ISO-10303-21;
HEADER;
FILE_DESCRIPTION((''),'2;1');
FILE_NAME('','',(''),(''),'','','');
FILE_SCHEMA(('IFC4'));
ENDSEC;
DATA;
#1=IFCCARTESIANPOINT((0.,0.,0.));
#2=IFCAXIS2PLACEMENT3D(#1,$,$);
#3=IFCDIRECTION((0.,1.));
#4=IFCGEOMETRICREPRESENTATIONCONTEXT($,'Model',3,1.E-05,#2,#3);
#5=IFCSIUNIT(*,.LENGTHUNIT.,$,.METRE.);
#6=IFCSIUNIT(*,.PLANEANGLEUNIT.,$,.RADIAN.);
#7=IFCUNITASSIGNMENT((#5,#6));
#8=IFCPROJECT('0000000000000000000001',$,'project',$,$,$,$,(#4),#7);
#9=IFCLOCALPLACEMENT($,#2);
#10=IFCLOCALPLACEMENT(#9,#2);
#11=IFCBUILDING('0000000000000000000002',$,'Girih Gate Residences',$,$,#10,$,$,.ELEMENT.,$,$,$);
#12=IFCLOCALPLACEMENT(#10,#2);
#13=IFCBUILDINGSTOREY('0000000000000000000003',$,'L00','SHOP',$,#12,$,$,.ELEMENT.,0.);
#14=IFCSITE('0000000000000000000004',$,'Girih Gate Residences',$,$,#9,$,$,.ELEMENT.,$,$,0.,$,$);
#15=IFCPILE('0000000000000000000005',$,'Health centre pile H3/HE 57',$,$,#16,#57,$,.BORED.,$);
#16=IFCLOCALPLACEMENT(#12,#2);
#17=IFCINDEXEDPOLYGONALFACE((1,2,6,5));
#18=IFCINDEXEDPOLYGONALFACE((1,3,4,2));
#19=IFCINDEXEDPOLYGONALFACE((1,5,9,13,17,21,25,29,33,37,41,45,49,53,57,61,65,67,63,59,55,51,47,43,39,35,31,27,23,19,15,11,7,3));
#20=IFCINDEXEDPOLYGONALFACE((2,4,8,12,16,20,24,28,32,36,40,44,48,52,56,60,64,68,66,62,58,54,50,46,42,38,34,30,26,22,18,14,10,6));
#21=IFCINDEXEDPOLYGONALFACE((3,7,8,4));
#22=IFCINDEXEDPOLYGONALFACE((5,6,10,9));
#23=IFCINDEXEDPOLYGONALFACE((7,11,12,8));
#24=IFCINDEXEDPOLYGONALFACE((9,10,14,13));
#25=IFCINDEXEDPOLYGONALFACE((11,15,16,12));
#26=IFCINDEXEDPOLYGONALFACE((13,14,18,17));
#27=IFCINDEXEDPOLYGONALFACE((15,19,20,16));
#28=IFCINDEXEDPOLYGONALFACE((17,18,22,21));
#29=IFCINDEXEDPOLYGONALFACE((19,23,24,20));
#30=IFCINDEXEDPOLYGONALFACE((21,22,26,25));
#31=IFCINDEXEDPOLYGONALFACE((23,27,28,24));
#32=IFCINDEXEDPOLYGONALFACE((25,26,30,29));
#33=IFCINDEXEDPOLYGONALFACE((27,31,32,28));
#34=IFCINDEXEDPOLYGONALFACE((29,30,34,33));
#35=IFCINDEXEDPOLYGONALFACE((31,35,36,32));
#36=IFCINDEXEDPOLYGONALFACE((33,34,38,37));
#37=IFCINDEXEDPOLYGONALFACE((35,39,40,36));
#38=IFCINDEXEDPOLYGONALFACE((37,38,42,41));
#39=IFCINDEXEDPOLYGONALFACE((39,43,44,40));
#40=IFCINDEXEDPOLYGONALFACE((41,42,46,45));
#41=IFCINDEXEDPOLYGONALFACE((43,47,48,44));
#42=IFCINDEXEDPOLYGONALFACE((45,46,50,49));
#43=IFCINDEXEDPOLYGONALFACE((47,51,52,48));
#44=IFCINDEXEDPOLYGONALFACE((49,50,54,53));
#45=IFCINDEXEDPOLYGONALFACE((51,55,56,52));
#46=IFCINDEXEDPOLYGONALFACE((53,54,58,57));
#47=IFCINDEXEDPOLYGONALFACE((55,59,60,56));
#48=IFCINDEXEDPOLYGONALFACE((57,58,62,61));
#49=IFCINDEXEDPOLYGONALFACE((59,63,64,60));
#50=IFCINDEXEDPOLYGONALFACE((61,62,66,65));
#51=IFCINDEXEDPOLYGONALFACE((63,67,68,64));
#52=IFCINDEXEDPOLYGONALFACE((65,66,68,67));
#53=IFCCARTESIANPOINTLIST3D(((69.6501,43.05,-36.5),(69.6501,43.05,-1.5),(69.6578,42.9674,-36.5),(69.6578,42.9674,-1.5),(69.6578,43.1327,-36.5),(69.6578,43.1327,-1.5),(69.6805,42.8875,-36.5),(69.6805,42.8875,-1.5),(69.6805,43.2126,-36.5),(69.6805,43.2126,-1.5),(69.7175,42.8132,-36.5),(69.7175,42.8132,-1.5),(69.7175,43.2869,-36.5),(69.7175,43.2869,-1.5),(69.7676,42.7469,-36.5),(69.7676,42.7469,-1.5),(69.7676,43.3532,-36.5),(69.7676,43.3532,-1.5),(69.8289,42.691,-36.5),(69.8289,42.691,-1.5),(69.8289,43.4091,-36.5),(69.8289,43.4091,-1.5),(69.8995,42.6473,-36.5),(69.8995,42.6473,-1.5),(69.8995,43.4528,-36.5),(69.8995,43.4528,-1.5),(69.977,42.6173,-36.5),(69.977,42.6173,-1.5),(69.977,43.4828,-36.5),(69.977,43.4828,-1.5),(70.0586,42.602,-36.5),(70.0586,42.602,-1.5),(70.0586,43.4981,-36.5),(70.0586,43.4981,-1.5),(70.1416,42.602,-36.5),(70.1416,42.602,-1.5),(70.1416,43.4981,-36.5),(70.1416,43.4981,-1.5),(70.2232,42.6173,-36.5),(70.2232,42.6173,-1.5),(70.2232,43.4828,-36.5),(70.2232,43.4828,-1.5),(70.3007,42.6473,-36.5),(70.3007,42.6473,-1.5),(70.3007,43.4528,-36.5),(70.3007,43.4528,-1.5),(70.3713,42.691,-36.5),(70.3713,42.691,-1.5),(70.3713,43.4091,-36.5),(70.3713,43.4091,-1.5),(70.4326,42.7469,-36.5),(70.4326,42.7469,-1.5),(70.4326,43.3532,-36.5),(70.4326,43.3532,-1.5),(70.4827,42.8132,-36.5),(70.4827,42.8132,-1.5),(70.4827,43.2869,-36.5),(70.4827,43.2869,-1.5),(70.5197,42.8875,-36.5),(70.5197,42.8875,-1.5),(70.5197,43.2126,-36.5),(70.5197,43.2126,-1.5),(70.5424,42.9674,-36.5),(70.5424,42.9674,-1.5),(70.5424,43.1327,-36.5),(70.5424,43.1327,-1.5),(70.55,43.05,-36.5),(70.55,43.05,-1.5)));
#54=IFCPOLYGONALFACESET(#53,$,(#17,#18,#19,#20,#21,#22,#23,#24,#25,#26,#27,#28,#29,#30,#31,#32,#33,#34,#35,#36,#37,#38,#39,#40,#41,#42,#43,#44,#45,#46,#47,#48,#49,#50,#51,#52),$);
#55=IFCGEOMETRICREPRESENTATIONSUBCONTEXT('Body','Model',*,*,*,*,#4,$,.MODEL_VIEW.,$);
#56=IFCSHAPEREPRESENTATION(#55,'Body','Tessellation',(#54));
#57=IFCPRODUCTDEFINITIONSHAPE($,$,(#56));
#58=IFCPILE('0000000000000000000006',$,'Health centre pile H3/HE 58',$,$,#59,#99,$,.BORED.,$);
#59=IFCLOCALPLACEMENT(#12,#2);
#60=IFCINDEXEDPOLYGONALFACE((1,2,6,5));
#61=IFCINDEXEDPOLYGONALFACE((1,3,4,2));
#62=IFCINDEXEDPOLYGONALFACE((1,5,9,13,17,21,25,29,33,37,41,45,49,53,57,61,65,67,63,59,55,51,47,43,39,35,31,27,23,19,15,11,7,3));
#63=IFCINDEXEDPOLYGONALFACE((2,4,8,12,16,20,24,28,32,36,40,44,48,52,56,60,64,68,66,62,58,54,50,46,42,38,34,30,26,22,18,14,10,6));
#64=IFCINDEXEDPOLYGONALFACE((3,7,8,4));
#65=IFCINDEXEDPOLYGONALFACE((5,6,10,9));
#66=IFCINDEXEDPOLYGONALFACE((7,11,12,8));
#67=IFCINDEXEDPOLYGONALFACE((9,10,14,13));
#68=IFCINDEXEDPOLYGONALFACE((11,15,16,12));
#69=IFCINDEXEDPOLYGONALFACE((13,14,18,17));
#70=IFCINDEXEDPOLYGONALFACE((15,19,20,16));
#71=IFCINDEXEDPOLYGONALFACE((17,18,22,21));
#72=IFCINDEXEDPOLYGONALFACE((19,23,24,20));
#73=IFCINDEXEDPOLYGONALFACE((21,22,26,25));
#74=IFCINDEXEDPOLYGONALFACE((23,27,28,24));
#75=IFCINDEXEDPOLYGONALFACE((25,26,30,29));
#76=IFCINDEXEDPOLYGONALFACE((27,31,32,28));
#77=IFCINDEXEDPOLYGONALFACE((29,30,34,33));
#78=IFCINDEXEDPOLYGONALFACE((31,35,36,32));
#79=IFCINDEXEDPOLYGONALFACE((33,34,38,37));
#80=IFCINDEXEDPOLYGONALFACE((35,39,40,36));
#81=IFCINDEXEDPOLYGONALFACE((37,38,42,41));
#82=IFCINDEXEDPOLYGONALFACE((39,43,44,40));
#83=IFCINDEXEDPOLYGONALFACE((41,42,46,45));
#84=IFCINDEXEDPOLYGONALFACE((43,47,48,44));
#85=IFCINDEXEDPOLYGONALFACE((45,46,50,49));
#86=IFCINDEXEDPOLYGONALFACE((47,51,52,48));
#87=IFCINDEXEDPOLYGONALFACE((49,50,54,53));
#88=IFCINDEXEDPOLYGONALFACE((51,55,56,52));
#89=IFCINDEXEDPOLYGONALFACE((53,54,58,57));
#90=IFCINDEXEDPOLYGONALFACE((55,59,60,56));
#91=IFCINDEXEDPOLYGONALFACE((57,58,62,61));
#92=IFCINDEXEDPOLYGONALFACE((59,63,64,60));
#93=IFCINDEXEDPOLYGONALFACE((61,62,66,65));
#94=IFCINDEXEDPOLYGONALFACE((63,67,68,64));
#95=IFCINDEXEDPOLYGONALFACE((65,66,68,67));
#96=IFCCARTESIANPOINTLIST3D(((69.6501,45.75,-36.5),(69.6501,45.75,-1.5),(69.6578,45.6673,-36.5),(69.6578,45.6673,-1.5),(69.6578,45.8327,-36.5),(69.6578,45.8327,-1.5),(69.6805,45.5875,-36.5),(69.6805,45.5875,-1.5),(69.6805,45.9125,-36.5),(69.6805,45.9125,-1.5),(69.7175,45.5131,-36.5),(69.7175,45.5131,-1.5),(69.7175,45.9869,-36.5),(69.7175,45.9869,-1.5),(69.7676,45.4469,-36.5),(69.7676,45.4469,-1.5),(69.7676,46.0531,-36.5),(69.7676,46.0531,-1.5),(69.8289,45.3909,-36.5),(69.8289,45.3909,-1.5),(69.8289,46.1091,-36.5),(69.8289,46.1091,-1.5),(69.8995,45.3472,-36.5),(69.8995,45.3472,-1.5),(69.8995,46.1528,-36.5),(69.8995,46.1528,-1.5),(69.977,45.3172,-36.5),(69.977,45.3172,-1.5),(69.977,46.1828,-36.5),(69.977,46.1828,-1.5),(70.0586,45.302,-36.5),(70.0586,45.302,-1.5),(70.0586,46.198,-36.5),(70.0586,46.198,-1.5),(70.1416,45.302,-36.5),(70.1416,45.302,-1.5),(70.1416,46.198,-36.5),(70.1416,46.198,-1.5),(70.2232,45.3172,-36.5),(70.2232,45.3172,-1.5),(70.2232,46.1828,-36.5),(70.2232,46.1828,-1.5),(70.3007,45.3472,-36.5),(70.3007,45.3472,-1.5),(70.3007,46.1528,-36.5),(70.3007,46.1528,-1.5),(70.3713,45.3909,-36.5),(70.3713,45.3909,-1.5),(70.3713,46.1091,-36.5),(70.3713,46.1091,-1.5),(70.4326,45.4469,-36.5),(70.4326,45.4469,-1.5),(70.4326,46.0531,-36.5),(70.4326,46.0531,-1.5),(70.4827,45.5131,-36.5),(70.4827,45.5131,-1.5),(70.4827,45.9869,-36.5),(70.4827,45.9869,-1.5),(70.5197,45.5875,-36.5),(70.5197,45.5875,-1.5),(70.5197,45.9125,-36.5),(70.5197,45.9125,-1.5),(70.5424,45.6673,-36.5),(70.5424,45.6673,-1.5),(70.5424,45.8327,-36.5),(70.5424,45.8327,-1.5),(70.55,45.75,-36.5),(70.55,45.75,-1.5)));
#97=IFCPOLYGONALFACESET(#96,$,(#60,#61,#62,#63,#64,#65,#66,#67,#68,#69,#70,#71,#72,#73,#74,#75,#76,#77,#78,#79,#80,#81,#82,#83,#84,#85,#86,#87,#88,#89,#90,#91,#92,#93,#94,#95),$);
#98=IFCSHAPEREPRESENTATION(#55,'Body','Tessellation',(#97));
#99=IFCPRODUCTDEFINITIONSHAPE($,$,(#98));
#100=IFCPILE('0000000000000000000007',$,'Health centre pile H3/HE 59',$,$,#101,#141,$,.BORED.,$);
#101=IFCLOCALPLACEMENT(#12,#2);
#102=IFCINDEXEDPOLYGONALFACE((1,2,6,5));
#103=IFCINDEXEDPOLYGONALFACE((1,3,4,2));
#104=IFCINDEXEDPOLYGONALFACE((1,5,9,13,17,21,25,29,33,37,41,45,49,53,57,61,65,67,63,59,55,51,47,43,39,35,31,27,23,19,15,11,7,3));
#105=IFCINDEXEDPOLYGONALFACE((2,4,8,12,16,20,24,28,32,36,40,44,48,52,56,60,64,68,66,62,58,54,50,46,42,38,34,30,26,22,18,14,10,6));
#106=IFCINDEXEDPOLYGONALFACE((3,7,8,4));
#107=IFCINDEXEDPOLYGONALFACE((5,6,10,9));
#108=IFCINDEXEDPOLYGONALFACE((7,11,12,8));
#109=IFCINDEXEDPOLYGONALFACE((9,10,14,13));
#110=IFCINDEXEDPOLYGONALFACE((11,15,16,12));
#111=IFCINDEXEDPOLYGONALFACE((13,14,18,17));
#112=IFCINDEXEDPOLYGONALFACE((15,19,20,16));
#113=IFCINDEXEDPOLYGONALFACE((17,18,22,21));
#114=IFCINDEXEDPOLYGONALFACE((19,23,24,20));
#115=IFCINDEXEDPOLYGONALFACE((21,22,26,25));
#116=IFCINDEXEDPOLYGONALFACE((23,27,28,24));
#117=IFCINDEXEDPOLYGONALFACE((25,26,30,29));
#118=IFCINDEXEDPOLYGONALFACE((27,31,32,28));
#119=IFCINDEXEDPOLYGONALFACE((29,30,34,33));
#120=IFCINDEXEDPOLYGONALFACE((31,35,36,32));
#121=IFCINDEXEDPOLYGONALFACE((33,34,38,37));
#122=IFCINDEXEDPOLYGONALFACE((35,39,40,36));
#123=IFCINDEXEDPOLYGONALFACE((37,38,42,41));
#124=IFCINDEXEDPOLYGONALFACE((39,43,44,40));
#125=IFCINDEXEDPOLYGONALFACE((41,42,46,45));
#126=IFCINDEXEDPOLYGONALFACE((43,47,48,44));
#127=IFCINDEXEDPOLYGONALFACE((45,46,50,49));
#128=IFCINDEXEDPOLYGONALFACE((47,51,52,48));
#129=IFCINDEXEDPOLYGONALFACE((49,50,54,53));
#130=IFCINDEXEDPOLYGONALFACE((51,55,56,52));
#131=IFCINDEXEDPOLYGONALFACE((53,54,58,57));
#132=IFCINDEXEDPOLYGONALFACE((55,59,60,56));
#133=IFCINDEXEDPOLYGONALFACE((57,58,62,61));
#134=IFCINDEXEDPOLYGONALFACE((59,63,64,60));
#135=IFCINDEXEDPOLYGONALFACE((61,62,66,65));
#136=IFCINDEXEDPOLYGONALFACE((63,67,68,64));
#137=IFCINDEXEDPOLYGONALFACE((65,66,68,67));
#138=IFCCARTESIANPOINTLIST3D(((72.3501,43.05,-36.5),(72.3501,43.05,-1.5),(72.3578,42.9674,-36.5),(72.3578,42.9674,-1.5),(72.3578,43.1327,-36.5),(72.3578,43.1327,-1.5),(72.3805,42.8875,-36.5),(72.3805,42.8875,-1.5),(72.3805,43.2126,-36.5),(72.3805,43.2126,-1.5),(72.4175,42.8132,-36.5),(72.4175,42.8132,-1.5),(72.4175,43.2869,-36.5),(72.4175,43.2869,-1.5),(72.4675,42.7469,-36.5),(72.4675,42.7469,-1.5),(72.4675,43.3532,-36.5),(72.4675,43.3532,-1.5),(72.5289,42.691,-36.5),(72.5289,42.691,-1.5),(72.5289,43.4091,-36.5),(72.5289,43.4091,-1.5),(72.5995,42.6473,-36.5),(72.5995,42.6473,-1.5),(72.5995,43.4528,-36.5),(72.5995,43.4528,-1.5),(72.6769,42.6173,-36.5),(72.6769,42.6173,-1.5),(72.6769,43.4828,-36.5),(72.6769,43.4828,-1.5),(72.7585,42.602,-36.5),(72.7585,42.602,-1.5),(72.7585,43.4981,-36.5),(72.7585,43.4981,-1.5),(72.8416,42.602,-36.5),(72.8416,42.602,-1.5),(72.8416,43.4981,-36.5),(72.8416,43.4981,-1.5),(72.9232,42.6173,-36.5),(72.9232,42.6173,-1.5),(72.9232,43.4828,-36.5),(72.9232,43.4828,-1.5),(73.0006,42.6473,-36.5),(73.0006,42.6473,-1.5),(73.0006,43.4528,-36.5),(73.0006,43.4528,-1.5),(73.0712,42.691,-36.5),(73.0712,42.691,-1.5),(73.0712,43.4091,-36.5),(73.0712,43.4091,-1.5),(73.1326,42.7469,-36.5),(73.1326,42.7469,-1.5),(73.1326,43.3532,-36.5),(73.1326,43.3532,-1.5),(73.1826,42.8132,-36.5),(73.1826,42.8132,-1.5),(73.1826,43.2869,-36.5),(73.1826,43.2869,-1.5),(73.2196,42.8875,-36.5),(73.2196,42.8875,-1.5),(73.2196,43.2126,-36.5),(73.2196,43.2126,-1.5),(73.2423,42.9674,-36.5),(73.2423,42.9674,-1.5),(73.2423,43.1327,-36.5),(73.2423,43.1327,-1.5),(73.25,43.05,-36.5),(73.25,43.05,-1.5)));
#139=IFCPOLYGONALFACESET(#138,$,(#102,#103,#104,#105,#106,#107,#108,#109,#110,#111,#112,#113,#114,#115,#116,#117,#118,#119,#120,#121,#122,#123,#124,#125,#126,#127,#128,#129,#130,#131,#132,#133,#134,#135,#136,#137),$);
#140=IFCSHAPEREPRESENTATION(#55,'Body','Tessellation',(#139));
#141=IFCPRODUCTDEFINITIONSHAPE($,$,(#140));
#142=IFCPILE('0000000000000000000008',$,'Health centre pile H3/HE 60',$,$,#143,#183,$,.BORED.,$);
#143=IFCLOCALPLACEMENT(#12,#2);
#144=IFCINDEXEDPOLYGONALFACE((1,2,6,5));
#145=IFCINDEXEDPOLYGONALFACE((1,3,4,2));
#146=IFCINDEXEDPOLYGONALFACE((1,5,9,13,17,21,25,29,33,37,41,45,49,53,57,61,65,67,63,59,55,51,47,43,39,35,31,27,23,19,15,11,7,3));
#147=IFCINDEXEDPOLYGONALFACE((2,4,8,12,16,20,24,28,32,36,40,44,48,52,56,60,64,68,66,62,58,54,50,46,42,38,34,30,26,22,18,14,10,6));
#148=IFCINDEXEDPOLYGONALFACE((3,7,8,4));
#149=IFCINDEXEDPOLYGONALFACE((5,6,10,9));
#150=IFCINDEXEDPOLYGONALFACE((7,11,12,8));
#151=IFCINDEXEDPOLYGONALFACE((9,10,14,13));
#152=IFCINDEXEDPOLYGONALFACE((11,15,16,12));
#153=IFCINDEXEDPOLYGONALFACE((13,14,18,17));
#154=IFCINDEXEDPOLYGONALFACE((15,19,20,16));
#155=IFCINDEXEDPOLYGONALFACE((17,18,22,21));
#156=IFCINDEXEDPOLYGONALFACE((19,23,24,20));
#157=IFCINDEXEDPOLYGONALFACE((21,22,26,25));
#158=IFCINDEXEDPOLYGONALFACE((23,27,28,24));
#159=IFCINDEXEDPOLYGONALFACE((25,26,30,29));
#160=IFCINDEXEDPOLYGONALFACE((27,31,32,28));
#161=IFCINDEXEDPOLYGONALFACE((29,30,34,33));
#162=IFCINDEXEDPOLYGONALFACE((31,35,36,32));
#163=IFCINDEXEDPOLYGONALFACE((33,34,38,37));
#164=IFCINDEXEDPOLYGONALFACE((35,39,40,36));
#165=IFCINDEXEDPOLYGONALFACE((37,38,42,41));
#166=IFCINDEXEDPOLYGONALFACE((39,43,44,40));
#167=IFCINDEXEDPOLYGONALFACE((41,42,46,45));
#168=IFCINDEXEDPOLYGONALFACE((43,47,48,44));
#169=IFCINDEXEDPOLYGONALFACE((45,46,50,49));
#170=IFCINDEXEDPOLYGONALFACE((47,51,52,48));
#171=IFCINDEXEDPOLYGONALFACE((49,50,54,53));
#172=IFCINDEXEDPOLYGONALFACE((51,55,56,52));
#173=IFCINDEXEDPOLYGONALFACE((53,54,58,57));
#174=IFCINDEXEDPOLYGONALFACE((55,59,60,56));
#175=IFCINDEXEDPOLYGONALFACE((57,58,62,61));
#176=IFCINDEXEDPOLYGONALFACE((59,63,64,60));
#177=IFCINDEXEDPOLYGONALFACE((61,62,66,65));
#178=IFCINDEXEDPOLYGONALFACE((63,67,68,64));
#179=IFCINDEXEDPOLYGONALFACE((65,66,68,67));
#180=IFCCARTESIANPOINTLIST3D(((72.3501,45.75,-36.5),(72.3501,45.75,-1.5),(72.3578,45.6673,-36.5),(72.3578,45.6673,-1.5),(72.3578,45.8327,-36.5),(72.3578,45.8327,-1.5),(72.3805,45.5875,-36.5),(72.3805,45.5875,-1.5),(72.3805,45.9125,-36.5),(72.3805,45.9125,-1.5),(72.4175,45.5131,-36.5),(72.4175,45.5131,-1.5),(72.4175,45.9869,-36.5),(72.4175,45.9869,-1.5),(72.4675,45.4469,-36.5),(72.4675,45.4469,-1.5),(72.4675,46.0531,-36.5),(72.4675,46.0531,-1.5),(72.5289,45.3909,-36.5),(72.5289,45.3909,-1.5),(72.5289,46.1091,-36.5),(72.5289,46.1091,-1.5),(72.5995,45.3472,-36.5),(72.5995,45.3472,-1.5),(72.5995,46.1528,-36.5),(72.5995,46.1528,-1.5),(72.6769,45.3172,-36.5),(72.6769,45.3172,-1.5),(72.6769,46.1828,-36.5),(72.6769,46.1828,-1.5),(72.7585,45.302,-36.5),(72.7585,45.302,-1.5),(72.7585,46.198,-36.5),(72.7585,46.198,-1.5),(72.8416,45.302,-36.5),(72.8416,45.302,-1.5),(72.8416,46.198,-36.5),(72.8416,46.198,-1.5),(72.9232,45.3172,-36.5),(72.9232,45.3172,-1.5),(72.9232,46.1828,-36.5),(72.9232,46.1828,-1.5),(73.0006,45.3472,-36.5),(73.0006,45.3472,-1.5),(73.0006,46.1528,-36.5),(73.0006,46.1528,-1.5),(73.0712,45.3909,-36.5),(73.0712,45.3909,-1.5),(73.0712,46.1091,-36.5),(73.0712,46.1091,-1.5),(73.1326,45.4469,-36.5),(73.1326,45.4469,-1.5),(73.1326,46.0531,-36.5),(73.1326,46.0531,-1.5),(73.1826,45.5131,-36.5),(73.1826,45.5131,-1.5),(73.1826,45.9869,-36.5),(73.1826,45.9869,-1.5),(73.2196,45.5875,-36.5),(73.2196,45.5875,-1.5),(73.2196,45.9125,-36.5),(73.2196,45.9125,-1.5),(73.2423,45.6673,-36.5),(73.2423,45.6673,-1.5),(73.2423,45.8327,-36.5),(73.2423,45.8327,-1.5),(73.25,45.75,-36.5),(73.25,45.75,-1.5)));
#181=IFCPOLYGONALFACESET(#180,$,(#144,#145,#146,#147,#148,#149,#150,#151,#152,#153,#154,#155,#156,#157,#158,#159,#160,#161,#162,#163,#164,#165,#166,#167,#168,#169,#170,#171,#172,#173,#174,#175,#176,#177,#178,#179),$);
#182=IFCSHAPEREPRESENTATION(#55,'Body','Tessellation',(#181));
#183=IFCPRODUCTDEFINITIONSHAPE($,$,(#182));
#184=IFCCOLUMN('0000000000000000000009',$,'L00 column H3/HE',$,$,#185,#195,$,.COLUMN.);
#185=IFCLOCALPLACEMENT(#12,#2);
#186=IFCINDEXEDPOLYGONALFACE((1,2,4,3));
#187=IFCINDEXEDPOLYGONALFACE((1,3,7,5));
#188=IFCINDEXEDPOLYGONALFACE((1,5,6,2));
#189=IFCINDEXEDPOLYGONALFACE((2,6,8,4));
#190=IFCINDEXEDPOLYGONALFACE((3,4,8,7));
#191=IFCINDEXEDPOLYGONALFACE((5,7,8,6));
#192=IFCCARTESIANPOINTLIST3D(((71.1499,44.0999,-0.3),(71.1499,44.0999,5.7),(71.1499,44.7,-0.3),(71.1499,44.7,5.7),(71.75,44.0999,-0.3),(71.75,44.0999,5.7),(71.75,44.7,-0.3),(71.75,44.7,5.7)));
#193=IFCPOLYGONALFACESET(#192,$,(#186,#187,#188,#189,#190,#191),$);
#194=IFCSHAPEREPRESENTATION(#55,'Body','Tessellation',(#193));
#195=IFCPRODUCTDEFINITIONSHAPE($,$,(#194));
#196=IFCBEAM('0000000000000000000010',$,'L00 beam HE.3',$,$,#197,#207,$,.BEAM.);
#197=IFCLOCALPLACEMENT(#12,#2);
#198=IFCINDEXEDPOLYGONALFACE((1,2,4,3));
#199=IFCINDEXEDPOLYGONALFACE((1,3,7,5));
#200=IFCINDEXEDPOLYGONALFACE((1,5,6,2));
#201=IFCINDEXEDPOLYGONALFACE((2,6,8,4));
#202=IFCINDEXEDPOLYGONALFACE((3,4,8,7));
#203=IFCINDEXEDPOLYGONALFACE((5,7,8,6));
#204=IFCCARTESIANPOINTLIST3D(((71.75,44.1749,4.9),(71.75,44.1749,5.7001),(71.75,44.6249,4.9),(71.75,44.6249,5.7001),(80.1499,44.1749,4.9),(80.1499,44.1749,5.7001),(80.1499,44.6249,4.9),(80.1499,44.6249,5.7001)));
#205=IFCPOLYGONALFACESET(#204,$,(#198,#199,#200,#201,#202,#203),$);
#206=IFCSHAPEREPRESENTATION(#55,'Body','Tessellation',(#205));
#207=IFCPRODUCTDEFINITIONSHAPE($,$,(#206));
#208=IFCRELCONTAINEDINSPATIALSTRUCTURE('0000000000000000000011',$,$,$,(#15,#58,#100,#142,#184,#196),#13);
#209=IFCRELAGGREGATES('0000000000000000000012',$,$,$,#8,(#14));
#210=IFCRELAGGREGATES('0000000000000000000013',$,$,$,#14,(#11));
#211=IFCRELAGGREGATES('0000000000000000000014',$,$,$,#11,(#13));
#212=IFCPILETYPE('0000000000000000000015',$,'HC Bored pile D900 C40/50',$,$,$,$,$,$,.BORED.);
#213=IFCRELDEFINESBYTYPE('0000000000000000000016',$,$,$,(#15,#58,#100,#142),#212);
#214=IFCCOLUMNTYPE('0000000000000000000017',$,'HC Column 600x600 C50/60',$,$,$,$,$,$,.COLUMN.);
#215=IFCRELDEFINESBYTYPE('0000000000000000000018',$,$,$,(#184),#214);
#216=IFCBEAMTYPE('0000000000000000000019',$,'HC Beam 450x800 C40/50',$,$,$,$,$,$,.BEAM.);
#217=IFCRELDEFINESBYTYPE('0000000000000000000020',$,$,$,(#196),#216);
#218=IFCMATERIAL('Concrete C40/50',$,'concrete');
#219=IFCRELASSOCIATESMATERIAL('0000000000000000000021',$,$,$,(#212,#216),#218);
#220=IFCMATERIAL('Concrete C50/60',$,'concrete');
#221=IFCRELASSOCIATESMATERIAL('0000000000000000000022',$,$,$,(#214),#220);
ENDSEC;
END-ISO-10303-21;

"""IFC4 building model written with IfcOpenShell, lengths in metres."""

from ifc_helpers import new_model, si_unit, direction, frame, origin, origin_2d, place, context, subcontext, project, spatial, rectangle, circle, extrude, material, material_profile, profile_set, type_object, element, save


model = new_model("IFC4")

# Units and contexts
model_context = context("Model", 3, precision=1e-05, world=origin(), true_north=direction((0.0, 1.0)))
body_context = subcontext(model_context, "Body", "Model", "MODEL_VIEW")
ifc_project = project(units=[si_unit("LENGTHUNIT", "METRE"), si_unit("PLANEANGLEUNIT", "RADIAN")], contexts=[model_context])

# Site, building, storey
site_placement = place(None, origin())
site = spatial("IfcSite", under=ifc_project, at=site_placement, Name="Girih Gate Residences", CompositionType="ELEMENT", RefElevation=0.0)
building_placement = place(site_placement, origin())
building = spatial("IfcBuilding", under=site, at=building_placement, Name="Girih Gate Residences", CompositionType="ELEMENT")
storey_placement = place(building_placement, origin())
storey = spatial("IfcBuildingStorey", under=building, at=storey_placement, Name="L00", Description="SHOP", CompositionType="ELEMENT", Elevation=0.0)

# Piles
ifc_material_1 = material(Name="Concrete C40/50", Category="concrete")
ifc_material_profile_1 = material_profile(ifc_material_1, circle(Radius=0.45, at=origin_2d()))
ifc_profile_set_1 = profile_set([ifc_material_profile_1], Name="Concrete C40/50")
pile_type = type_object("IfcPileType", Name="HC Bored pile D900 C40/50", PredefinedType="BORED", material=ifc_profile_set_1)
for number, where, z_axis, x_axis, name in (
    (1, (70.1001, 43.05, -1.5), (0.0, 0.0, -1.0), (1.0, 0.0, 0.0), "Health centre pile H3/HE 57"),
    (2, (70.1001, 45.75, -1.5), (0.0, 0.0, -1.0), (1.0, 0.0, 0.0), "Health centre pile H3/HE 58"),
    (3, (72.8, 43.05, -1.5), (0.0, 0.0, -1.0), (1.0, 0.0, 0.0), "Health centre pile H3/HE 59"),
    (4, (72.8, 45.75, -1.5), (0.0, 0.0, -1.0), (1.0, 0.0, 0.0), "Health centre pile H3/HE 60"),
):
    element("IfcPile", number, at=place(storey_placement, frame(where, z_axis=z_axis, x_axis=x_axis)), inside=storey, type_object=pile_type, Name=name, PredefinedType="BORED", context=body_context, shape_type="SweptSolid", body=[
        extrude(circle(Radius=0.45, at=origin_2d()), origin(), (0.0, 0.0, 1.0), 35.0),
    ])

# Column
ifc_material_2 = material(Name="Concrete C50/60", Category="concrete")
ifc_material_profile_2 = material_profile(ifc_material_2, rectangle(XDim=0.6001, YDim=0.6001, at=origin_2d()))
ifc_profile_set_2 = profile_set([ifc_material_profile_2], Name="Concrete C50/60")
column_type = type_object("IfcColumnType", Name="HC Column 600x600 C50/60", PredefinedType="COLUMN", material=ifc_profile_set_2)
column_placement = place(storey_placement, frame((71.45, 44.3999, -0.3), z_axis=(0.0, 0.0, 1.0), x_axis=(1.0, 0.0, 0.0)))
element("IfcColumn", 5, at=column_placement, inside=storey, type_object=column_type, Name="L00 column H3/HE", PredefinedType="COLUMN", context=body_context, shape_type="SweptSolid", body=[
    extrude(rectangle(XDim=0.6001, YDim=0.6001, at=origin_2d()), origin(), (0.0, 0.0, 1.0), 6.0),
])

# Beam
ifc_material_profile_3 = material_profile(ifc_material_1, rectangle(XDim=0.45, YDim=0.8, at=origin_2d()))
ifc_profile_set_3 = profile_set([ifc_material_profile_3], Name="Concrete C40/50")
beam_type = type_object("IfcBeamType", Name="HC Beam 450x800 C40/50", PredefinedType="BEAM", material=ifc_profile_set_3)
beam_placement = place(storey_placement, frame((71.75, 44.3999, 5.3), z_axis=(1.0, 0.0, 0.0), x_axis=(0.0, 1.0, 0.0)))
element("IfcBeam", 6, at=beam_placement, inside=storey, type_object=beam_type, Name="L00 beam HE.3", PredefinedType="BEAM", context=body_context, shape_type="SweptSolid", body=[
    extrude(rectangle(XDim=0.45, YDim=0.8, at=origin_2d()), origin(), (0.0, 0.0, 1.0), 8.3999),
])

save(model, "model.ifc")
